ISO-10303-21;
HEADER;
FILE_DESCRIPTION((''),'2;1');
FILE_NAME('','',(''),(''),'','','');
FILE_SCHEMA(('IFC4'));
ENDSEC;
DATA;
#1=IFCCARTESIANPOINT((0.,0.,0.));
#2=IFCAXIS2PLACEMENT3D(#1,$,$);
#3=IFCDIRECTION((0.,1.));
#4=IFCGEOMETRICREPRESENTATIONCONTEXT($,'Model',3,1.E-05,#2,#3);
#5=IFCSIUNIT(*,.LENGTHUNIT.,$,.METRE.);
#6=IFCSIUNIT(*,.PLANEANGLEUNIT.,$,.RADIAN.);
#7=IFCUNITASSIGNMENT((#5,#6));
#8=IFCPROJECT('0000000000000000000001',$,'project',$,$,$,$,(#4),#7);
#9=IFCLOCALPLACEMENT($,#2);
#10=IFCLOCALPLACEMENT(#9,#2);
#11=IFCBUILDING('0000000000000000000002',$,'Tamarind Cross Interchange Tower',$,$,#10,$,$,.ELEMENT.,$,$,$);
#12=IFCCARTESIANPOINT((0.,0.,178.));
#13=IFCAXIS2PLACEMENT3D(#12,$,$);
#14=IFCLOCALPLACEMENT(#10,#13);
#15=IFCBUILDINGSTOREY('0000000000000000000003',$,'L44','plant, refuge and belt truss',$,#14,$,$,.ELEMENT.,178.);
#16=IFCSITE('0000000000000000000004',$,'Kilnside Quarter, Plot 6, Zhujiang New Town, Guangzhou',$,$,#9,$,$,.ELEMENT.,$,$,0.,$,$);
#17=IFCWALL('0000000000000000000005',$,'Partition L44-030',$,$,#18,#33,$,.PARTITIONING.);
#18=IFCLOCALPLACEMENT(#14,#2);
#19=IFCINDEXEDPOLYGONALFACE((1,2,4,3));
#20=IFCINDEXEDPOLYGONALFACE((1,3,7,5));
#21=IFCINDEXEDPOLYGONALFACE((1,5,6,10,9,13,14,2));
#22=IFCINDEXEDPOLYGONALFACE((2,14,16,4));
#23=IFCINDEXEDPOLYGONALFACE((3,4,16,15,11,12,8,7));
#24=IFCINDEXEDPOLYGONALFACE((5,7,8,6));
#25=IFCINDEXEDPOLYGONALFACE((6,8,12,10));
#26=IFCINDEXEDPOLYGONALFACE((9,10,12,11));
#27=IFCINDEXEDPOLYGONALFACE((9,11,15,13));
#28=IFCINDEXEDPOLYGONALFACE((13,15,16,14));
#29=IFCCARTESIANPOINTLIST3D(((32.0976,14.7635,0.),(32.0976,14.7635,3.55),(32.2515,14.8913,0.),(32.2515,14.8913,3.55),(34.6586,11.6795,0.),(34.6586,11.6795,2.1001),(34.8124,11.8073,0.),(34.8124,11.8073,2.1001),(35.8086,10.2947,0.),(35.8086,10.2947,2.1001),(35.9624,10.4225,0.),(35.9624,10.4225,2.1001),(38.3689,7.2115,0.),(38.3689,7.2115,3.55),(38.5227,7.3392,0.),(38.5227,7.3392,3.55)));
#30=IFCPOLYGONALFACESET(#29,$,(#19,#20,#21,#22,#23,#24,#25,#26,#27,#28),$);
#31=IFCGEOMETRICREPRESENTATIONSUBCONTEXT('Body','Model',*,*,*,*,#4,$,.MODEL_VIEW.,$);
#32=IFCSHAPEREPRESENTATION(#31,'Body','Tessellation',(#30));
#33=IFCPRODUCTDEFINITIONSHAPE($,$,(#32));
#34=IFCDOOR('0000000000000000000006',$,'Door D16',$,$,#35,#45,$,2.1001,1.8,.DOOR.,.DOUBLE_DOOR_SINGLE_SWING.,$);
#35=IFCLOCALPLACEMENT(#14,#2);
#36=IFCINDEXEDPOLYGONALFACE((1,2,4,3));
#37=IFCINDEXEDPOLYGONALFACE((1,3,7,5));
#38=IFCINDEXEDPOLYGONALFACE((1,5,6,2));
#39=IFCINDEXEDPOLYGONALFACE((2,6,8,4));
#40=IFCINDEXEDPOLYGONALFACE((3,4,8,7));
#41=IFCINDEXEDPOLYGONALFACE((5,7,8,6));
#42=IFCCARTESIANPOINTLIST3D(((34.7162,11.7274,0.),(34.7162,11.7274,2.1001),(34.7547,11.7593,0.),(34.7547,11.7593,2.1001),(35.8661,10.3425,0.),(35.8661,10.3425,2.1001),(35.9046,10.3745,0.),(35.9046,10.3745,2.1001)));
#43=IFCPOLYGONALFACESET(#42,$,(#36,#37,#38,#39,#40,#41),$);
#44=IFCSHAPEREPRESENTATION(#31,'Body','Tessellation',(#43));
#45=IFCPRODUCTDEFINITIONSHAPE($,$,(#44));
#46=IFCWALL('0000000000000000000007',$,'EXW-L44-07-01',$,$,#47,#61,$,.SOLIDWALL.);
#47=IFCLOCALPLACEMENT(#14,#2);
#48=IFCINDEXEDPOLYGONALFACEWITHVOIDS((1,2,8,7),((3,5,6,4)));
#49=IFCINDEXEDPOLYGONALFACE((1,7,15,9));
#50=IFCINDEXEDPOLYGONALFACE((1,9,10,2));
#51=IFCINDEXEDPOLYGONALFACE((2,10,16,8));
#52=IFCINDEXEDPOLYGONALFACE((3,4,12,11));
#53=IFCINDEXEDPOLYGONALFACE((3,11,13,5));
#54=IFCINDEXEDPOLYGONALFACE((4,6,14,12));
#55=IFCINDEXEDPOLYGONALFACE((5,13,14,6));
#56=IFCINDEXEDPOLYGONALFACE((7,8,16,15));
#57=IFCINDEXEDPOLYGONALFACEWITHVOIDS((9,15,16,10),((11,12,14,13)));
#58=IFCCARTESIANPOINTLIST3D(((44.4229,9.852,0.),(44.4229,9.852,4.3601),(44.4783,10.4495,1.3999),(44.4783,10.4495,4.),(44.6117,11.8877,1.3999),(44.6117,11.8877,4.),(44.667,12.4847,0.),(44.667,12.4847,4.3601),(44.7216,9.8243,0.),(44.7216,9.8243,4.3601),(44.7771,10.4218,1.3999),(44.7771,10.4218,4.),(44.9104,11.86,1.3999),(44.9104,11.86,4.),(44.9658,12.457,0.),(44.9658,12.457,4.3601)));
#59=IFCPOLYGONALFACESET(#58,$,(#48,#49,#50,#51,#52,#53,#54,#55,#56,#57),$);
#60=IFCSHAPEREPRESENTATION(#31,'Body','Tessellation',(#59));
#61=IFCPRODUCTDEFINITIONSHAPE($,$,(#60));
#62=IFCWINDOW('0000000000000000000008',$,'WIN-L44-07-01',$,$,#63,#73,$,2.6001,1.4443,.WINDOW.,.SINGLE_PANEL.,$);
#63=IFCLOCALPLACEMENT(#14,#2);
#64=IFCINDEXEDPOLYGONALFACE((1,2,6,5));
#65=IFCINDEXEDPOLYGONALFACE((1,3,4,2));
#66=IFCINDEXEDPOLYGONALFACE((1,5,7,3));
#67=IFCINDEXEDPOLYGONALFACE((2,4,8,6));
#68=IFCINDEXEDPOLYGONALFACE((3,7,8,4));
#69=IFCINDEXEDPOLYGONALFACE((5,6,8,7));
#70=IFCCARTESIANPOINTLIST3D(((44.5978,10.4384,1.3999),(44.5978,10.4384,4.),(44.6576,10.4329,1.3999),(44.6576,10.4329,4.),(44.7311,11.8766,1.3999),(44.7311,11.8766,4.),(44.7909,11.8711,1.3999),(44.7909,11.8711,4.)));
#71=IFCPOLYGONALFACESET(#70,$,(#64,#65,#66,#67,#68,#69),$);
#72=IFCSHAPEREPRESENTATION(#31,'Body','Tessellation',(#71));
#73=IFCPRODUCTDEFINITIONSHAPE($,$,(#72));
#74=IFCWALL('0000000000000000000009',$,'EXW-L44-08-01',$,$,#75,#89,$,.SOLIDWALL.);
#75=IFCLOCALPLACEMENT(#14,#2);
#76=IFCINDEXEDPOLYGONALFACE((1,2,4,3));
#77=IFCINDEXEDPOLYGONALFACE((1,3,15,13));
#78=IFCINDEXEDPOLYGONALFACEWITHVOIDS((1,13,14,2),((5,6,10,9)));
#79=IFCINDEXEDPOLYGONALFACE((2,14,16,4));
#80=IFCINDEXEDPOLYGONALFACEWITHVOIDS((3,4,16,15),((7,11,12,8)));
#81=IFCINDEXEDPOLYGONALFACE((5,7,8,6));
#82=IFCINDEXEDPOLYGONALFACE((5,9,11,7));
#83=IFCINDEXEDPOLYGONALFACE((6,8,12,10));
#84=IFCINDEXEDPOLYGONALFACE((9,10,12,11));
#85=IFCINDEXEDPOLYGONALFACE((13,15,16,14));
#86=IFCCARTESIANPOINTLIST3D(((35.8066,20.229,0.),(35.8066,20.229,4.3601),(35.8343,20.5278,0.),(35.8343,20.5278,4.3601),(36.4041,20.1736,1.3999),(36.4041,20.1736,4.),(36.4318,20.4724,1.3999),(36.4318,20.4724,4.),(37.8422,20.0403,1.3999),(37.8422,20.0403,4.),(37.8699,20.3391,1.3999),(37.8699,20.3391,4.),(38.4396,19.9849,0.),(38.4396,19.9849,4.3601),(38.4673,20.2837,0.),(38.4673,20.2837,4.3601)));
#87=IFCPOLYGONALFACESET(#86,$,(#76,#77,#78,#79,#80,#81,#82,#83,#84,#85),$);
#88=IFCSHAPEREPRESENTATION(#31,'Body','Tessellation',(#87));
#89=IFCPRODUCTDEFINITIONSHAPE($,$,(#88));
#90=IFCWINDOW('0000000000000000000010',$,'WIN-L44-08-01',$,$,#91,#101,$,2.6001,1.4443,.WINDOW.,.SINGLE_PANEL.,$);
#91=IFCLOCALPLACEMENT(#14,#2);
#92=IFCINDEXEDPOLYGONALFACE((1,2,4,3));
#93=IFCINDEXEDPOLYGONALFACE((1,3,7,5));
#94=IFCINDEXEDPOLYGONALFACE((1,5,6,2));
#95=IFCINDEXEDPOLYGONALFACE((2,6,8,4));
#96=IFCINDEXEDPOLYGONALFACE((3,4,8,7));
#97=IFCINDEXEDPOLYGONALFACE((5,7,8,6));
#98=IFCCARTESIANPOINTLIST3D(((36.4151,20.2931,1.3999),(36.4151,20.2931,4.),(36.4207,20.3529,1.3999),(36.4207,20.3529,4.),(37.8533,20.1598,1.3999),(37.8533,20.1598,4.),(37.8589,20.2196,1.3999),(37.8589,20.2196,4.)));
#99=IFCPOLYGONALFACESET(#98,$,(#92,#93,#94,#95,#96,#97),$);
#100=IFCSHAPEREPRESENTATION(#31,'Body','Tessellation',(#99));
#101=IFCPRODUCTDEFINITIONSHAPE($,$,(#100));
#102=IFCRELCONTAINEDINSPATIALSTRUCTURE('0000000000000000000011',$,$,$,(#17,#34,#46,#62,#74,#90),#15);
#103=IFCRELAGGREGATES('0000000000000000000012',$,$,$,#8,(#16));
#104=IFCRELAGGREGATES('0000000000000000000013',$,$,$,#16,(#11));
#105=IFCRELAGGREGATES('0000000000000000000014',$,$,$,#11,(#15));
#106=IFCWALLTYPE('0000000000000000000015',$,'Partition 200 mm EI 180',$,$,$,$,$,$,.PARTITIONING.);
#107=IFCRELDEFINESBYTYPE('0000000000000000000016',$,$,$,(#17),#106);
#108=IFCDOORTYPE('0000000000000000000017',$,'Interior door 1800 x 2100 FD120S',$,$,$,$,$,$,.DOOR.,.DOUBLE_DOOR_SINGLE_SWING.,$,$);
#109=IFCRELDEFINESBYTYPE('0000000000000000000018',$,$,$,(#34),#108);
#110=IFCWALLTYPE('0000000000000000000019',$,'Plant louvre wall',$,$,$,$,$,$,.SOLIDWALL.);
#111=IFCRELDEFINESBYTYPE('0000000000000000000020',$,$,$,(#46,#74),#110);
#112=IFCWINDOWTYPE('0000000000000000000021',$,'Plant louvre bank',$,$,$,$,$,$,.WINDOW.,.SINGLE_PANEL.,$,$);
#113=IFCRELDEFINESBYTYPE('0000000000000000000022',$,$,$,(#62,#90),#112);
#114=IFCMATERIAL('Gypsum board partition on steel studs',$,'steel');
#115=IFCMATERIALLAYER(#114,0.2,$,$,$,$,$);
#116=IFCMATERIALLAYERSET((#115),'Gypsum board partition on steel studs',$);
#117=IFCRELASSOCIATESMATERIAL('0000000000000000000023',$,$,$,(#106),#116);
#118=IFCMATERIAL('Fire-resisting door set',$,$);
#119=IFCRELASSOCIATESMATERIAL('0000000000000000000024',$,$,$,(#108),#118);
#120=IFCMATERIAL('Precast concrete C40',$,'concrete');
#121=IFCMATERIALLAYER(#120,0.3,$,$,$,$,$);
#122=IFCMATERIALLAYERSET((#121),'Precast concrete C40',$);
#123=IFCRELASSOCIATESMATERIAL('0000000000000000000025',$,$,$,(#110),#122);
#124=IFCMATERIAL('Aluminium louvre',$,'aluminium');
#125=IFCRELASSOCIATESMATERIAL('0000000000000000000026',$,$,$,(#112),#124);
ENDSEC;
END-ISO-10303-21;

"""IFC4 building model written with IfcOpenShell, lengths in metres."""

from ifc_helpers import new_model, si_unit, direction, frame, frame_2d, origin, place, context, subcontext, project, spatial, rectangle, extrude, material, layer, layer_set, type_object, element, fill, save


model = new_model("IFC4")

# Units and contexts
model_context = context("Model", 3, precision=1e-05, world=origin(), true_north=direction((0.0, 1.0)))
body_context = subcontext(model_context, "Body", "Model", "MODEL_VIEW")
ifc_project = project(units=[si_unit("LENGTHUNIT", "METRE"), si_unit("PLANEANGLEUNIT", "RADIAN")], contexts=[model_context])

# Site, building, storey
site_placement = place(None, origin())
site = spatial("IfcSite", under=ifc_project, at=site_placement, Name="Kilnside Quarter, Plot 6, Zhujiang New Town, Guangzhou", CompositionType="ELEMENT", RefElevation=0.0)
building_placement = place(site_placement, origin())
building = spatial("IfcBuilding", under=site, at=building_placement, Name="Tamarind Cross Interchange Tower", CompositionType="ELEMENT")
storey_placement = place(building_placement, frame((0.0, 0.0, 178.0)))
storey = spatial("IfcBuildingStorey", under=building, at=storey_placement, Name="L44", Description="plant, refuge and belt truss", CompositionType="ELEMENT", Elevation=178.0)

# Wall, opening, door
ifc_material_1 = material(Name="Gypsum board partition on steel studs", Category="steel")
ifc_layer_1 = layer(ifc_material_1, 0.2)
ifc_layer_set_1 = layer_set([ifc_layer_1], Name="Gypsum board partition on steel studs")
wall_type_1 = type_object("IfcWallType", Name="Partition 200 mm EI 180", PredefinedType="PARTITIONING", material=ifc_layer_set_1)
wall_1_placement = place(storey_placement, frame((32.1746, 14.8274, 0.0), z_axis=(0.0, 0.0, 1.0), x_axis=(0.638855, -0.769327, 0.0)))
wall_1 = element("IfcWall", 1, at=wall_1_placement, inside=storey, type_object=wall_type_1, Name="Partition L44-030", PredefinedType="PARTITIONING", context=body_context, shape_type="SweptSolid", body=[
    extrude(rectangle(XDim=9.8164, YDim=0.2, at=frame_2d((4.9082, 0.0))), origin(), (0.0, 0.0, 1.0), 3.55),
])
opening_1_placement = place(wall_1_placement, frame((4.0088, 0.0, 0.0)))
opening_1 = element("IfcOpeningElement", 2, at=opening_1_placement, cuts=wall_1, PredefinedType="OPENING", context=body_context, shape_type="SweptSolid", body=[
    extrude(rectangle(XDim=1.8, YDim=2.1001, at=frame_2d((0.8999, 1.05))), frame((0.0, 0.1099, 0.0), z_axis=(0.0, -1.0, 0.0), x_axis=(1.0, 0.0, 0.0)), (0.0, 0.0, 1.0), 0.22),
])
ifc_material_2 = material(Name="Fire-resisting door set")
door_type = type_object("IfcDoorType", Name="Interior door 1800 x 2100 FD120S", OperationType="DOUBLE_DOOR_SINGLE_SWING", PredefinedType="DOOR", material=ifc_material_2)
door_placement = place(opening_1_placement, origin())
door = element("IfcDoor", 3, at=door_placement, inside=storey, type_object=door_type, Name="Door D16", OperationType="DOUBLE_DOOR_SINGLE_SWING", OverallHeight=2.1001, OverallWidth=1.8, PredefinedType="DOOR", context=body_context, shape_type="SweptSolid", body=[
    extrude(rectangle(XDim=1.8, YDim=2.1001, at=frame_2d((0.8999, 1.05))), frame((0.0, 0.0249, 0.0), z_axis=(0.0, -1.0, 0.0), x_axis=(1.0, 0.0, 0.0)), (0.0, 0.0, 1.0), 0.05),
])
fill(opening_1, door)

# Walls, openings, windows
ifc_material_3 = material(Name="Precast concrete C40", Category="concrete")
ifc_layer_2 = layer(ifc_material_3, 0.3)
ifc_layer_set_2 = layer_set([ifc_layer_2], Name="Precast concrete C40")
wall_type_2 = type_object("IfcWallType", Name="Plant louvre wall", PredefinedType="SOLIDWALL", material=ifc_layer_set_2)
wall_2_placement = place(storey_placement, frame((44.5723, 9.8381, 0.0), z_axis=(0.0, 0.0, 1.0), x_axis=(0.092334, 0.995728, 0.0)))
wall_2 = element("IfcWall", 4, at=wall_2_placement, inside=storey, type_object=wall_type_2, Name="EXW-L44-07-01", PredefinedType="SOLIDWALL", context=body_context, shape_type="SweptSolid", body=[
    extrude(rectangle(XDim=2.644, YDim=0.3, at=frame_2d((1.322, 0.0))), origin(), (0.0, 0.0, 1.0), 4.3601),
])
opening_2_placement = place(wall_2_placement, frame((0.6001, 0.0, 1.3999)))
opening_2 = element("IfcOpeningElement", 5, at=opening_2_placement, cuts=wall_2, PredefinedType="OPENING", context=body_context, shape_type="SweptSolid", body=[
    extrude(rectangle(XDim=1.4443, YDim=2.6001, at=frame_2d((0.7222, 1.3))), frame((0.0, 0.1599, 0.0), z_axis=(0.0, -1.0, 0.0), x_axis=(1.0, 0.0, 0.0)), (0.0, 0.0, 1.0), 0.3201),
])
ifc_material_4 = material(Name="Aluminium louvre", Category="aluminium")
window_type = type_object("IfcWindowType", Name="Plant louvre bank", PartitioningType="SINGLE_PANEL", PredefinedType="WINDOW", material=ifc_material_4)
window_1_placement = place(opening_2_placement, origin())
window_1 = element("IfcWindow", 6, at=window_1_placement, inside=storey, type_object=window_type, Name="WIN-L44-07-01", OverallHeight=2.6001, OverallWidth=1.4443, PartitioningType="SINGLE_PANEL", PredefinedType="WINDOW", context=body_context, shape_type="SweptSolid", body=[
    extrude(rectangle(XDim=1.4443, YDim=2.6001, at=frame_2d((0.7222, 1.3))), frame((0.0, 0.03, 0.0), z_axis=(0.0, -1.0, 0.0), x_axis=(1.0, 0.0, 0.0)), (0.0, 0.0, 1.0), 0.0601),
])
fill(opening_2, window_1)
wall_3_placement = place(storey_placement, frame((38.4536, 20.1343, 0.0), z_axis=(0.0, 0.0, 1.0), x_axis=(-0.995729, 0.092325, 0.0)))
wall_3 = element("IfcWall", 7, at=wall_3_placement, inside=storey, type_object=wall_type_2, Name="EXW-L44-08-01", PredefinedType="SOLIDWALL", context=body_context, shape_type="SweptSolid", body=[
    extrude(rectangle(XDim=2.6443, YDim=0.3, at=frame_2d((1.3223, 0.0))), origin(), (0.0, 0.0, 1.0), 4.3601),
])
opening_3_placement = place(wall_3_placement, frame((0.6001, 0.0, 1.3999)))
opening_3 = element("IfcOpeningElement", 8, at=opening_3_placement, cuts=wall_3, PredefinedType="OPENING", context=body_context, shape_type="SweptSolid", body=[
    extrude(rectangle(XDim=1.4443, YDim=2.6001, at=frame_2d((0.7222, 1.3))), frame((0.0, 0.1599, 0.0), z_axis=(0.0, -1.0, 0.0), x_axis=(1.0, 0.0, 0.0)), (0.0, 0.0, 1.0), 0.3201),
])
window_2_placement = place(opening_3_placement, origin())
window_2 = element("IfcWindow", 9, at=window_2_placement, inside=storey, type_object=window_type, Name="WIN-L44-08-01", OverallHeight=2.6001, OverallWidth=1.4443, PartitioningType="SINGLE_PANEL", PredefinedType="WINDOW", context=body_context, shape_type="SweptSolid", body=[
    extrude(rectangle(XDim=1.4443, YDim=2.6001, at=frame_2d((0.7222, 1.3))), frame((0.0, 0.03, 0.0), z_axis=(0.0, -1.0, 0.0), x_axis=(1.0, 0.0, 0.0)), (0.0, 0.0, 1.0), 0.0601),
])
fill(opening_3, window_2)

save(model, "model.ifc")
